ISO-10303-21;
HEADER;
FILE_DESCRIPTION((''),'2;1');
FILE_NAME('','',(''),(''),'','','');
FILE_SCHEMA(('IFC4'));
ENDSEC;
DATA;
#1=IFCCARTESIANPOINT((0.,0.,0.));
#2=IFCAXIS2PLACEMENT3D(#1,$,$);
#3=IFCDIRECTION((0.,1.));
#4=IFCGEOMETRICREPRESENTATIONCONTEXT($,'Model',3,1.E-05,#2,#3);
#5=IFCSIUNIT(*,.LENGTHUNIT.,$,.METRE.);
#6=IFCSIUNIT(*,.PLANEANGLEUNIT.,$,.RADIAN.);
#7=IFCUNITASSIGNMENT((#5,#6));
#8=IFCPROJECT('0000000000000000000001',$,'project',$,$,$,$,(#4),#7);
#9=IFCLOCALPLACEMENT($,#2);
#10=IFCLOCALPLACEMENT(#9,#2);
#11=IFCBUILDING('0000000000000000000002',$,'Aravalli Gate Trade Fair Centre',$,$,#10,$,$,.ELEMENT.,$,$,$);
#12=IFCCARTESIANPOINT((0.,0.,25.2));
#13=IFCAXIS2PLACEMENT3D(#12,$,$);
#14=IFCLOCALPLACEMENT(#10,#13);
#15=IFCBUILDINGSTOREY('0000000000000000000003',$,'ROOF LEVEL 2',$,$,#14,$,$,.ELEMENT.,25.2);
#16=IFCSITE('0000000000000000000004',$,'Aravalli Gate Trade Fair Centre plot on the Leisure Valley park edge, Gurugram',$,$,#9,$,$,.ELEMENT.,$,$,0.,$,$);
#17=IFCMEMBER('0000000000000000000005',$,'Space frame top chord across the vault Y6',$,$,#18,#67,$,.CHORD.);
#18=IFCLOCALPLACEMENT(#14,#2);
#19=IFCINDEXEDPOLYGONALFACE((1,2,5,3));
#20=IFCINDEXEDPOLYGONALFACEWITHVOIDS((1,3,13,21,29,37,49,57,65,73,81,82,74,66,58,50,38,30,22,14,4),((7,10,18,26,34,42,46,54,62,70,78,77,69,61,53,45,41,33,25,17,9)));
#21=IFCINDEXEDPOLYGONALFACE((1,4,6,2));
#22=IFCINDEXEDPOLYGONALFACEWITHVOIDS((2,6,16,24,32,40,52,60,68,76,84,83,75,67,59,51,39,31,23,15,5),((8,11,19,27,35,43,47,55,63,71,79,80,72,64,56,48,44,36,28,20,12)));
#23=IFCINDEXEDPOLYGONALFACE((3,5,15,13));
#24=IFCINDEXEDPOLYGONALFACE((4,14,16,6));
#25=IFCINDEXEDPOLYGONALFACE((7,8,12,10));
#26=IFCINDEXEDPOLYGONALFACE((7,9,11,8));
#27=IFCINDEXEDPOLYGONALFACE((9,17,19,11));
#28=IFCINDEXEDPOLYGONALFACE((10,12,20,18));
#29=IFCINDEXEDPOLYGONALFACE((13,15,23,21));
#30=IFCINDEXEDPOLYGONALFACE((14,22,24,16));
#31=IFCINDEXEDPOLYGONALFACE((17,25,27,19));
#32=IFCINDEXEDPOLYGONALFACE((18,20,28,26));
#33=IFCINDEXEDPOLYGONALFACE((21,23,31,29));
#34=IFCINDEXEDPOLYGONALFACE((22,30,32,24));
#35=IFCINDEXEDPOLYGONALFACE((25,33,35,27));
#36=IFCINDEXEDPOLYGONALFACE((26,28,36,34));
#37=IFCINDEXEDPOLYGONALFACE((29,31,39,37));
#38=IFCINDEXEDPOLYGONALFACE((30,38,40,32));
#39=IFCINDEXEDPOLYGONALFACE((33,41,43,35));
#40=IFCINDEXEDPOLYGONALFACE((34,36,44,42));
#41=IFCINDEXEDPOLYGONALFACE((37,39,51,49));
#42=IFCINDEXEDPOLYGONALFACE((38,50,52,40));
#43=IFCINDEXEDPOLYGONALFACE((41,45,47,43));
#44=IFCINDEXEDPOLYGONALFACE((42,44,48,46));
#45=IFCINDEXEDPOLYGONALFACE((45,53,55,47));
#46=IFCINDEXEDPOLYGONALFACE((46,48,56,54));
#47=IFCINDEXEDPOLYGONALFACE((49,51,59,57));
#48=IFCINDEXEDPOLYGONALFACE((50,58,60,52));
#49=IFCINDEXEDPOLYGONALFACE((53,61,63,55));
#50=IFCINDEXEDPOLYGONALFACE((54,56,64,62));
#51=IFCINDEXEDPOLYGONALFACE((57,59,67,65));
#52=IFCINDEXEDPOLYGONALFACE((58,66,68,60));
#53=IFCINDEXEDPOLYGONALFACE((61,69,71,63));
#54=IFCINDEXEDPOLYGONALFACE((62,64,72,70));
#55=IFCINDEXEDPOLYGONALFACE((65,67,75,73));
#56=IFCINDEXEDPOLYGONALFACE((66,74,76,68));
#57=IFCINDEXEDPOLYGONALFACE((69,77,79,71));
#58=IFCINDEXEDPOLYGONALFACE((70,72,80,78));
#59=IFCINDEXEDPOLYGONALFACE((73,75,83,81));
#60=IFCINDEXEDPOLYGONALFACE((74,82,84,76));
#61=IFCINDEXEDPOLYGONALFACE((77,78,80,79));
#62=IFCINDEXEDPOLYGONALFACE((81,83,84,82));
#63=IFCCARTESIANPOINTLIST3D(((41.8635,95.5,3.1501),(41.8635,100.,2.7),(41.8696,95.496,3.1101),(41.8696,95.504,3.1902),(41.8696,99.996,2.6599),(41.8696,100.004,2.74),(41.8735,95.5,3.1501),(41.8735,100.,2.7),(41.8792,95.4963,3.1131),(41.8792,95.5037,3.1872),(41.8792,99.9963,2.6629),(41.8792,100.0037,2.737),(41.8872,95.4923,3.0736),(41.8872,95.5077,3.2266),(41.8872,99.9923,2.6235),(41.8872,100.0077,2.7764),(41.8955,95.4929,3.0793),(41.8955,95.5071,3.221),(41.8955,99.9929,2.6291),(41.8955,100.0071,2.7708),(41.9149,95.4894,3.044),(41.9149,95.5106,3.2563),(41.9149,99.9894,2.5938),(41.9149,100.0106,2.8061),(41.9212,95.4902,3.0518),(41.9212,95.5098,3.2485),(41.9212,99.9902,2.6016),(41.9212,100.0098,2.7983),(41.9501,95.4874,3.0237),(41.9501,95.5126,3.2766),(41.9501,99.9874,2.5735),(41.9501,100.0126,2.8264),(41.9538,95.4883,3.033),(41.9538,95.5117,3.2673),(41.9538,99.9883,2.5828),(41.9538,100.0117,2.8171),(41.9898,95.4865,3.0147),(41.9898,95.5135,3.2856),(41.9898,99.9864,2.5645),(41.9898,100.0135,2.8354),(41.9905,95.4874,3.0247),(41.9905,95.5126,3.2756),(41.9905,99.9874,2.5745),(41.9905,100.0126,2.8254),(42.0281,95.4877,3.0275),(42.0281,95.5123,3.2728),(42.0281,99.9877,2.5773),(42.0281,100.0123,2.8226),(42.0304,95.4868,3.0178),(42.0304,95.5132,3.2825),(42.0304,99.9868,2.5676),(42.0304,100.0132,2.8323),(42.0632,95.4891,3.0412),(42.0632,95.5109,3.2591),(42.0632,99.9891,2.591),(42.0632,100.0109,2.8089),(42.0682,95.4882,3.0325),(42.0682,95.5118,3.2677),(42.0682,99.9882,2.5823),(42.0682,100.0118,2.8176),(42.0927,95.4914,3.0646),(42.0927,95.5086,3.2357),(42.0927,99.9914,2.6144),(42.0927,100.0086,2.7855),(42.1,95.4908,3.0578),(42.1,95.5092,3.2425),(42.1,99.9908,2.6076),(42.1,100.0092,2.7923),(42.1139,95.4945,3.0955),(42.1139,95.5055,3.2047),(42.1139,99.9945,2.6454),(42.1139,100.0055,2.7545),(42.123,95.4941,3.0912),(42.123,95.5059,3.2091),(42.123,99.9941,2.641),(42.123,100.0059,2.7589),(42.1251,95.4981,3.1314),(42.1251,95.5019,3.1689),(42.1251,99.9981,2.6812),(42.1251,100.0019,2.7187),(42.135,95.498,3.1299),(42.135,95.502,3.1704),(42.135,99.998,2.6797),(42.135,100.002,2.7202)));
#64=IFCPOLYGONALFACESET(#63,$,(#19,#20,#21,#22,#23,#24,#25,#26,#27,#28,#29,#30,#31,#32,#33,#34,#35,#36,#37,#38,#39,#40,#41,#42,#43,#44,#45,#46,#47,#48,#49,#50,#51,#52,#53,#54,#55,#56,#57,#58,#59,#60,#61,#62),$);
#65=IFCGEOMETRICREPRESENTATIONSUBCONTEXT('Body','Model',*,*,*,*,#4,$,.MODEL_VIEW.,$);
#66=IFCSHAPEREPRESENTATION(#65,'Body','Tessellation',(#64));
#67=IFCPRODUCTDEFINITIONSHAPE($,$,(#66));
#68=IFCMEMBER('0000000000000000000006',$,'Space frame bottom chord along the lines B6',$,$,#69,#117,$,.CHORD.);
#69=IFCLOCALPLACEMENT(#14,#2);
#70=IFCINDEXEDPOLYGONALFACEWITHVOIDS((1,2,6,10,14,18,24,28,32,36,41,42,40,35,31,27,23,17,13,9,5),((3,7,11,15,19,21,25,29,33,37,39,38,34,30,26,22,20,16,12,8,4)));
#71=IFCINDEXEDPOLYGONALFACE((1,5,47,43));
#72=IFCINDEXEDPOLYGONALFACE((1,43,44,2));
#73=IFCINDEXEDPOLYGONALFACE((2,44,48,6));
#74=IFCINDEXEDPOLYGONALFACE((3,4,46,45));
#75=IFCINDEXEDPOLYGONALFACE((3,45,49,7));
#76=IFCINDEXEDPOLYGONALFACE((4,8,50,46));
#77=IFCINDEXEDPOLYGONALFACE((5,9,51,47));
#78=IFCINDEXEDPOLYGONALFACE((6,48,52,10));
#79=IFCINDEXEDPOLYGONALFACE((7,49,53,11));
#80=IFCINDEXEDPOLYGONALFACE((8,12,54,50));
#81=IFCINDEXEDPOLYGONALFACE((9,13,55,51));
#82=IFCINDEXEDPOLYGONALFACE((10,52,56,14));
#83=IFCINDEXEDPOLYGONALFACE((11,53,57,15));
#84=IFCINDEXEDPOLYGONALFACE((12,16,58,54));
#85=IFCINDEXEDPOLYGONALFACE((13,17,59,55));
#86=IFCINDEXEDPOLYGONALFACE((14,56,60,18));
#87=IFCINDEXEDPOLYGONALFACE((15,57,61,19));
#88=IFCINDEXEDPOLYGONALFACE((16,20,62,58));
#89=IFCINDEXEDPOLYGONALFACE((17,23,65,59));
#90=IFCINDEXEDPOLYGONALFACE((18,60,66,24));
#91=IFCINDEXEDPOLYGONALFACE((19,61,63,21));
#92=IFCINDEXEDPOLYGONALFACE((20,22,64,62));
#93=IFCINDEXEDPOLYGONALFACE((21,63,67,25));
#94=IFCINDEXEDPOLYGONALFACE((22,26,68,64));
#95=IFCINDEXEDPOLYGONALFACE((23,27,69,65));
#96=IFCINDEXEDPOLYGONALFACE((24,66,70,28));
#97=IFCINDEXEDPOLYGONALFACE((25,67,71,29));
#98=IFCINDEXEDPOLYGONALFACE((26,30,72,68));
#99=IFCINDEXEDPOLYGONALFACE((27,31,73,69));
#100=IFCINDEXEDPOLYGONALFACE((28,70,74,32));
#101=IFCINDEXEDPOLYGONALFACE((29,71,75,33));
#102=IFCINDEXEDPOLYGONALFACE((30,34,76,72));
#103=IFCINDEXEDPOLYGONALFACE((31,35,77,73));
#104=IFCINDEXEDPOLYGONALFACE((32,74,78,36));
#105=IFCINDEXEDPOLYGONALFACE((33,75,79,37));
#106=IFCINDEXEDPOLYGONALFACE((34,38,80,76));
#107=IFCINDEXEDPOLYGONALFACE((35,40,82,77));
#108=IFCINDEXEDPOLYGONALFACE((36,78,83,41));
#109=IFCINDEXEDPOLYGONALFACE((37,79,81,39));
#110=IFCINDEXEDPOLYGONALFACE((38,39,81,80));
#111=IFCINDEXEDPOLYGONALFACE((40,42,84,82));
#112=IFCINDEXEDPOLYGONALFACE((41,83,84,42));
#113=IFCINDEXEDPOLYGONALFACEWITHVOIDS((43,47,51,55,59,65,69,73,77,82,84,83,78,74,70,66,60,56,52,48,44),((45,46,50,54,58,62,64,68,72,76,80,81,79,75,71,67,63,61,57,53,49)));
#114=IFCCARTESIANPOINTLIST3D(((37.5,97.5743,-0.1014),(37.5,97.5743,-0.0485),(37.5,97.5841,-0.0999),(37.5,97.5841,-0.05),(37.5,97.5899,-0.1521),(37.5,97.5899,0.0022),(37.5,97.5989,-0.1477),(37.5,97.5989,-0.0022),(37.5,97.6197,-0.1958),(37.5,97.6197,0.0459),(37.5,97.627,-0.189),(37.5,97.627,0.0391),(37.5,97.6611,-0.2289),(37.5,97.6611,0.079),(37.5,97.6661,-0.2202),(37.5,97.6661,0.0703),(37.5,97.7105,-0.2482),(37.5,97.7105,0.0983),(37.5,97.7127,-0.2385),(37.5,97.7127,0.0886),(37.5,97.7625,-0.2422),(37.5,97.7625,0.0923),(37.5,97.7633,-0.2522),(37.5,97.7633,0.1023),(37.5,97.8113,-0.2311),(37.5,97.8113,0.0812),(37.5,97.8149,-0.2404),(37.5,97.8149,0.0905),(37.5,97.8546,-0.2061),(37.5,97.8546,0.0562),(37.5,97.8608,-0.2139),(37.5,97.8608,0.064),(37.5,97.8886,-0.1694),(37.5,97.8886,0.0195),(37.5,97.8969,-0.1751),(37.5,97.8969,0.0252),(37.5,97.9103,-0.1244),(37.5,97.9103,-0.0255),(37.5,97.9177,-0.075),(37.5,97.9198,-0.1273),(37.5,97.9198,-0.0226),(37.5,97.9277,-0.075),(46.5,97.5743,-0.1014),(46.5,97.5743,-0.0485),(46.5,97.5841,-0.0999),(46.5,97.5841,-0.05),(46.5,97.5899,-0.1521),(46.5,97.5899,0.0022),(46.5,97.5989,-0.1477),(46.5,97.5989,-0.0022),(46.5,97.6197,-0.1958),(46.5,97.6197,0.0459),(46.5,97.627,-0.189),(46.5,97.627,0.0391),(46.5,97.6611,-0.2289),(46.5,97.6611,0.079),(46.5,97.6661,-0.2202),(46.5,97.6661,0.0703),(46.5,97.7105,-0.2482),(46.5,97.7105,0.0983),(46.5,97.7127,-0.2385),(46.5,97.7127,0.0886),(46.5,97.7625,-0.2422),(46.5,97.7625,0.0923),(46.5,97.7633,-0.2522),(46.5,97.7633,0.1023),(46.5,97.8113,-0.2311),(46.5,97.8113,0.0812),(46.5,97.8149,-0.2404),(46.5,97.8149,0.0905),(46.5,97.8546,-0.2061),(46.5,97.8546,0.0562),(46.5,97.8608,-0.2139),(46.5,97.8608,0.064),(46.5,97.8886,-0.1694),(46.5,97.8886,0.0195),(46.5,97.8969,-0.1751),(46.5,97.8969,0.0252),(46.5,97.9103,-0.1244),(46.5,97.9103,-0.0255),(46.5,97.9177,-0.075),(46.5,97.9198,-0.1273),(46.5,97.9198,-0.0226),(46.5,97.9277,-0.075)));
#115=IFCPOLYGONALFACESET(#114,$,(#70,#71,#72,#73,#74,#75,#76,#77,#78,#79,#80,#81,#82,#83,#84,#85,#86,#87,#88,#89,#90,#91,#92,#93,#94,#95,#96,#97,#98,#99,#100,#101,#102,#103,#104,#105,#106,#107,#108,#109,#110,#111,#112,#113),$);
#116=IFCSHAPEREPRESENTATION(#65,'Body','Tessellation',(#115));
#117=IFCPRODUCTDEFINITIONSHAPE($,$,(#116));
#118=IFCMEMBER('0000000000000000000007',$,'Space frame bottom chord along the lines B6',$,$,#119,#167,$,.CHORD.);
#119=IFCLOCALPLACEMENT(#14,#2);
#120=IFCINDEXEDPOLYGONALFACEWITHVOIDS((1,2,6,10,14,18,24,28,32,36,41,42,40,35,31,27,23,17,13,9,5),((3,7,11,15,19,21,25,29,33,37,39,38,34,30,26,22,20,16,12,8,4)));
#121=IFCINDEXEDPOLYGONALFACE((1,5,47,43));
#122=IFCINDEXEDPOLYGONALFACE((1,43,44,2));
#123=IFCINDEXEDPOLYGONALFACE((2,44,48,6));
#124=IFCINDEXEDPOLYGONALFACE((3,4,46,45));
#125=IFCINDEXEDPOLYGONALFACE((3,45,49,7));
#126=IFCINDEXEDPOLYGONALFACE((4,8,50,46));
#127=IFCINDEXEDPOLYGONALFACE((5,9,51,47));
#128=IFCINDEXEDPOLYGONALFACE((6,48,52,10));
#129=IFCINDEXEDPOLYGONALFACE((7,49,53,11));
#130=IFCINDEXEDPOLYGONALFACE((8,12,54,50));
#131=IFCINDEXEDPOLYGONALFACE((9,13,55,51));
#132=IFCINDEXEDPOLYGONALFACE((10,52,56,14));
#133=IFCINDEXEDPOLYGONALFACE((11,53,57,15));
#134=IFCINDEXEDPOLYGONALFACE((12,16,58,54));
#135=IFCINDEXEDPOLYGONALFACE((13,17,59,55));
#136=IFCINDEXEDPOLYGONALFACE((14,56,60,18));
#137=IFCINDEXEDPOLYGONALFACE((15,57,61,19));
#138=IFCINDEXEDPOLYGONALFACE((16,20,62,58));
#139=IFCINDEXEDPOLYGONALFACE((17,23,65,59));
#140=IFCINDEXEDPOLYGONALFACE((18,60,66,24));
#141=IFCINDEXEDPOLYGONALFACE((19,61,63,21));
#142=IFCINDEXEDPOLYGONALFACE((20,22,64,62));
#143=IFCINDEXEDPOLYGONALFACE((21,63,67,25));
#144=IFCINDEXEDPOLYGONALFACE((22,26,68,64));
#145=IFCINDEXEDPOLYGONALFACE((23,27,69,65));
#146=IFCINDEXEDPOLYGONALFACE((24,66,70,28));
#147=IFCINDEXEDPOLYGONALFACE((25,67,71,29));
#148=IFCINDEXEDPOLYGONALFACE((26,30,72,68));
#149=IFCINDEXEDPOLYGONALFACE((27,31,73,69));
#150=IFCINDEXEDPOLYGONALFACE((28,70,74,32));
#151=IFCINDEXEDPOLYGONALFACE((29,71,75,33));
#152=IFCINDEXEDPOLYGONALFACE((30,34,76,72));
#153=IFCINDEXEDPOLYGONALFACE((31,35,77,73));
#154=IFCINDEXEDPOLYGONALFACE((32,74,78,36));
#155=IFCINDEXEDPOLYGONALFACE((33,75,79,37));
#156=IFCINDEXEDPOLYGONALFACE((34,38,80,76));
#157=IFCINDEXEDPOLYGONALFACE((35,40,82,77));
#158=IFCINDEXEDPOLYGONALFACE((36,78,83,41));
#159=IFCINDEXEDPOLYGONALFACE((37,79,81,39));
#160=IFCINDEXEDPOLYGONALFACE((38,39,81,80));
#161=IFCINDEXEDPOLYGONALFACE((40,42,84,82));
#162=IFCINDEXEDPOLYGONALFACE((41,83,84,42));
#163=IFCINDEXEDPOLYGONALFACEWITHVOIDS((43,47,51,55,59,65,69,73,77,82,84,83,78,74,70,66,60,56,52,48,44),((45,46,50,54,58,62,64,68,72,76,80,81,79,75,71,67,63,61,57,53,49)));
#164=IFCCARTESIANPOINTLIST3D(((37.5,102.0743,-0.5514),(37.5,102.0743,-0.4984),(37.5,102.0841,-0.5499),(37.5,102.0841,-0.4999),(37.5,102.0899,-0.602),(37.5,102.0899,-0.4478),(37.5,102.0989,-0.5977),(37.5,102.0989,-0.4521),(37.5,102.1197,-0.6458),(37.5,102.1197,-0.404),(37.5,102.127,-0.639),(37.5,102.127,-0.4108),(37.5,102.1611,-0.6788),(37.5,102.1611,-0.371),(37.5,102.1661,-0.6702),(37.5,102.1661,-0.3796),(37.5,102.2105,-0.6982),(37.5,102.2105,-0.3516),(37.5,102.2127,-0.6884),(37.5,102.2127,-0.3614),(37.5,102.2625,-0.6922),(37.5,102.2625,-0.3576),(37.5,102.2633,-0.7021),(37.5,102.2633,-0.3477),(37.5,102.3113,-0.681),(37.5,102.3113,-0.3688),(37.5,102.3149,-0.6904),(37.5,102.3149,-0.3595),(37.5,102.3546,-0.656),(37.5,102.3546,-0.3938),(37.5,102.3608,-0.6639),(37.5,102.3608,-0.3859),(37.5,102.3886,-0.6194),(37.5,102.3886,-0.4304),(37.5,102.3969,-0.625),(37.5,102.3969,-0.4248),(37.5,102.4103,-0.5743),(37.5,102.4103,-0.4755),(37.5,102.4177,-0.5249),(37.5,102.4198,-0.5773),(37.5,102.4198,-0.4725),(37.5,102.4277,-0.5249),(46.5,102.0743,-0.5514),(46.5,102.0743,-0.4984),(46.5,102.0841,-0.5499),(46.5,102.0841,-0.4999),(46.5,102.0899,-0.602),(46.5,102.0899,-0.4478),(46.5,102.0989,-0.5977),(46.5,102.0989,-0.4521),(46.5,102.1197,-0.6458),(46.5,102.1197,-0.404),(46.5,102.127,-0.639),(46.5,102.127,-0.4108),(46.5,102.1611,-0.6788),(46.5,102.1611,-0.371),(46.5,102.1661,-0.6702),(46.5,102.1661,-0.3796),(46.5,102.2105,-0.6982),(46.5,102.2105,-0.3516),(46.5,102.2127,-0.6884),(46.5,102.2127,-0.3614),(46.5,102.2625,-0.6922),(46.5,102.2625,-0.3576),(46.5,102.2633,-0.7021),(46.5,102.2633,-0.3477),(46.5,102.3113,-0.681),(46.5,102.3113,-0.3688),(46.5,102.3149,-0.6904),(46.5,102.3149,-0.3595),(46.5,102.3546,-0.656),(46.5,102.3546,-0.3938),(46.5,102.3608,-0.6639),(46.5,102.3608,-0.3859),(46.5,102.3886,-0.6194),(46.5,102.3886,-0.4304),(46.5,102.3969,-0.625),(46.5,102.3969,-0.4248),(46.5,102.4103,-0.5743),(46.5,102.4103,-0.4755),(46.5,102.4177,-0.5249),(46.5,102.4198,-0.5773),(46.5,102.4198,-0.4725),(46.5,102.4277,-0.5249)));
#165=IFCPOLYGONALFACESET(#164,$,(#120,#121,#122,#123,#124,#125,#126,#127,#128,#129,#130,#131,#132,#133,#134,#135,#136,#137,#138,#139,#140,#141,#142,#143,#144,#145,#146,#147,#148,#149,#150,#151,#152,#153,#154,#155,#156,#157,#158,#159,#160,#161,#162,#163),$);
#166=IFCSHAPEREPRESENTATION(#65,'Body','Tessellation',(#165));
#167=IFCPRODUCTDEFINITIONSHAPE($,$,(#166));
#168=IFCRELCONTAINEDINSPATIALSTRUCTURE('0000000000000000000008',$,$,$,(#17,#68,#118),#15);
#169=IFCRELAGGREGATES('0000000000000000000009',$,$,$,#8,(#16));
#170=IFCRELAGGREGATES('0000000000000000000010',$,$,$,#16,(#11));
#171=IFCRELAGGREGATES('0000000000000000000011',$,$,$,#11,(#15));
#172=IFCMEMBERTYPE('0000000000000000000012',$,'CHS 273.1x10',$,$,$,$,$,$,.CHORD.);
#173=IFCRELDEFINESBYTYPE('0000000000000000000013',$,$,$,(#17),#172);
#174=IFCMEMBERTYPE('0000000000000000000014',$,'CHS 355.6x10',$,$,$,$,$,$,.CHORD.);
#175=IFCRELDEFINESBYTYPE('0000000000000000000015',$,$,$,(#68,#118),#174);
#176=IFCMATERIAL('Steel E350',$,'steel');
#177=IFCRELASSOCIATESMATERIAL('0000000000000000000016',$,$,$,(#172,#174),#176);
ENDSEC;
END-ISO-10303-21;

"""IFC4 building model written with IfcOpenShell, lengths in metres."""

from ifc_helpers import new_model, si_unit, direction, frame, origin, origin_2d, place, context, subcontext, project, spatial, hollow_circle, extrude, material, material_profile, profile_set, type_object, element, save


model = new_model("IFC4")

# Units and contexts
model_context = context("Model", 3, precision=1e-05, world=origin(), true_north=direction((0.0, 1.0)))
body_context = subcontext(model_context, "Body", "Model", "MODEL_VIEW")
ifc_project = project(units=[si_unit("LENGTHUNIT", "METRE"), si_unit("PLANEANGLEUNIT", "RADIAN")], contexts=[model_context])

# Site, building, storey
site_placement = place(None, origin())
site = spatial("IfcSite", under=ifc_project, at=site_placement, Name="Aravalli Gate Trade Fair Centre plot on the Leisure Valley park edge, Gurugram", CompositionType="ELEMENT", RefElevation=0.0)
building_placement = place(site_placement, origin())
building = spatial("IfcBuilding", under=site, at=building_placement, Name="Aravalli Gate Trade Fair Centre", CompositionType="ELEMENT")
storey_placement = place(building_placement, frame((0.0, 0.0, 25.2)))
storey = spatial("IfcBuildingStorey", under=building, at=storey_placement, Name="ROOF LEVEL 2", CompositionType="ELEMENT", Elevation=25.2)

# Members
ifc_material = material(Name="Steel E350", Category="steel")
ifc_material_profile_1 = material_profile(ifc_material, hollow_circle(Radius=0.1365, WallThickness=0.01, at=origin_2d()), Name="CHS 273.1x10")
ifc_profile_set_1 = profile_set([ifc_material_profile_1], Name="Steel E350")
member_type_1 = type_object("IfcMemberType", Name="CHS 273.1x10", PredefinedType="CHORD", material=ifc_profile_set_1)
member_1_placement = place(storey_placement, frame((42.0, 95.5, 3.1501), z_axis=(0.0, 0.995033, -0.099546), x_axis=(-1.0, 0.0, 0.0)))
element("IfcMember", 1, at=member_1_placement, inside=storey, type_object=member_type_1, Name="Space frame top chord across the vault Y6", PredefinedType="CHORD", context=body_context, shape_type="SweptSolid", body=[
    extrude(hollow_circle(Radius=0.1365, WallThickness=0.01, at=origin_2d()), origin(), (0.0, 0.0, 1.0), 4.5225),
])
ifc_material_profile_2 = material_profile(ifc_material, hollow_circle(Radius=0.1777, WallThickness=0.01, at=origin_2d()), Name="CHS 355.6x10")
ifc_profile_set_2 = profile_set([ifc_material_profile_2], Name="Steel E350")
member_type_2 = type_object("IfcMemberType", Name="CHS 355.6x10", PredefinedType="CHORD", material=ifc_profile_set_2)
for number, where, z_axis, x_axis, name in (
    (2, (37.5, 97.75, -0.075), (1.0, 0.0, 0.0), (0.0, 1.0, 0.0), "Space frame bottom chord along the lines B6"),
    (3, (37.5, 102.25, -0.5249), (1.0, 0.0, 0.0), (0.0, 1.0, 0.0), "Space frame bottom chord along the lines B6"),
):
    element("IfcMember", number, at=place(storey_placement, frame(where, z_axis=z_axis, x_axis=x_axis)), inside=storey, type_object=member_type_2, Name=name, PredefinedType="CHORD", context=body_context, shape_type="SweptSolid", body=[
        extrude(hollow_circle(Radius=0.1777, WallThickness=0.01, at=origin_2d()), origin(), (0.0, 0.0, 1.0), 9.0),
    ])

save(model, "model.ifc")
